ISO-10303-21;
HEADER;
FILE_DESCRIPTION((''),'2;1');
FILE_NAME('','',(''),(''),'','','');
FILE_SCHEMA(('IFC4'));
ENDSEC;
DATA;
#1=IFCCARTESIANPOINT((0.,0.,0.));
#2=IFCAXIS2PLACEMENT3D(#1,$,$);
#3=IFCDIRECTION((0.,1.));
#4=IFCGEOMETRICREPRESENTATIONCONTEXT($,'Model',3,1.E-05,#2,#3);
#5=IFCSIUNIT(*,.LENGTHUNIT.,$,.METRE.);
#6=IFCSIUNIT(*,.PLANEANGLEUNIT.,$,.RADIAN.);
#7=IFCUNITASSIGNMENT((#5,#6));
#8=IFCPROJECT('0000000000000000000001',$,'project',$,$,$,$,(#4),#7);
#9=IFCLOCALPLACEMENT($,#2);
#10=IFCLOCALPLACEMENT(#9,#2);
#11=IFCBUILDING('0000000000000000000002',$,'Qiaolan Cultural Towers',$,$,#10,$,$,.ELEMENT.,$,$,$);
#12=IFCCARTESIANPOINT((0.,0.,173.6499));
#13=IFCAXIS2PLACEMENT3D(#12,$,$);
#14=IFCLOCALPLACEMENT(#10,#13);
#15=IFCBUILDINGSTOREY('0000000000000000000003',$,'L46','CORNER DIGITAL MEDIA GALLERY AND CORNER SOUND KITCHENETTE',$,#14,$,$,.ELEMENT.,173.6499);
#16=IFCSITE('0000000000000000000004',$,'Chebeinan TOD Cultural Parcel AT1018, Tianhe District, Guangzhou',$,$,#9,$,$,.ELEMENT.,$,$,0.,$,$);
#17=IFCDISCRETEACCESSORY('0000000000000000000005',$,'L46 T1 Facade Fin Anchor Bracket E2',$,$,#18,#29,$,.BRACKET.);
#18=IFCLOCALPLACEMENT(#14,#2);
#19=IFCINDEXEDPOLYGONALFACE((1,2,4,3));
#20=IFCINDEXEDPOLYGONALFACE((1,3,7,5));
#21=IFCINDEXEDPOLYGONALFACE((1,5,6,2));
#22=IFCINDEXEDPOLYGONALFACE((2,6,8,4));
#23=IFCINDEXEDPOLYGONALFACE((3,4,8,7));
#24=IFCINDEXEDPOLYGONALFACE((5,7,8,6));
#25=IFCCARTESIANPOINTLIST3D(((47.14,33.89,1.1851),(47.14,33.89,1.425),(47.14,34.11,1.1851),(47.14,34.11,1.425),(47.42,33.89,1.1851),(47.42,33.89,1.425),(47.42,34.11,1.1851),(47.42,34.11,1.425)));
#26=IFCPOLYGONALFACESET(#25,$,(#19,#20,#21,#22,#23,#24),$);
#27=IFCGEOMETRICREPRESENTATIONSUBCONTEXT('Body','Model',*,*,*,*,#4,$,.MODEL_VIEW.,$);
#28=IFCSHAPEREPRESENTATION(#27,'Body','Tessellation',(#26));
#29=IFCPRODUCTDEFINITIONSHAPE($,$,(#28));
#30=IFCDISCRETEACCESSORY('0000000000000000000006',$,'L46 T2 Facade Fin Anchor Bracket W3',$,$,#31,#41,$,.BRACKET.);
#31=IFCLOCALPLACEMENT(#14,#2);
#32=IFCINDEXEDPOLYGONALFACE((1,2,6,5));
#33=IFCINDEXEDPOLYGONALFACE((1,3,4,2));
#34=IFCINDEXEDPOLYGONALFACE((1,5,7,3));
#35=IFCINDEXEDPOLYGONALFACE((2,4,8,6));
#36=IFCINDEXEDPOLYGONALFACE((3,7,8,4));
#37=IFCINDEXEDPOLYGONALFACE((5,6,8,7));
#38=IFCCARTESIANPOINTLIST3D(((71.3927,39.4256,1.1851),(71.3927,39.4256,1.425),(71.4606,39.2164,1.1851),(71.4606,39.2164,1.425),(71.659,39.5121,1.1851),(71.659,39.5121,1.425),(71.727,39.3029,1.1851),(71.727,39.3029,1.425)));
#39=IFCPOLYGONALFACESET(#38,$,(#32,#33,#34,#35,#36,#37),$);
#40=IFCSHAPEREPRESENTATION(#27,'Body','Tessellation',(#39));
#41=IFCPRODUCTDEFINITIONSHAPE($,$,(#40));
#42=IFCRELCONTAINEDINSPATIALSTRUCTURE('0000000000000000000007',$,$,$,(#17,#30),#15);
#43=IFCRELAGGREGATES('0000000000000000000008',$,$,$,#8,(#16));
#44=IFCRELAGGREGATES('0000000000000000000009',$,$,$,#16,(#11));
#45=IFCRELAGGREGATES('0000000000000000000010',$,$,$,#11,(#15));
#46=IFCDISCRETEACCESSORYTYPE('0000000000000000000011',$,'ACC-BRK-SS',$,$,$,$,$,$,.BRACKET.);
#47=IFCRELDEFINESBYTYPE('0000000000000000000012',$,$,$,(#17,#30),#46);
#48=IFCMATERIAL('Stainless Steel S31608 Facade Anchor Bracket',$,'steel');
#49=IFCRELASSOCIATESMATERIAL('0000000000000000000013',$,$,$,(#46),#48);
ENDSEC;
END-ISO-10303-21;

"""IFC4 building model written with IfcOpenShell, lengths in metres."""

from ifc_helpers import new_model, si_unit, direction, frame, origin, origin_2d, place, context, subcontext, project, spatial, rectangle, extrude, material, type_object, element, save


model = new_model("IFC4")

# Units and contexts
model_context = context("Model", 3, precision=1e-05, world=origin(), true_north=direction((0.0, 1.0)))
body_context = subcontext(model_context, "Body", "Model", "MODEL_VIEW")
ifc_project = project(units=[si_unit("LENGTHUNIT", "METRE"), si_unit("PLANEANGLEUNIT", "RADIAN")], contexts=[model_context])

# Site, building, storey
site_placement = place(None, origin())
site = spatial("IfcSite", under=ifc_project, at=site_placement, Name="Chebeinan TOD Cultural Parcel AT1018, Tianhe District, Guangzhou", CompositionType="ELEMENT", RefElevation=0.0)
building_placement = place(site_placement, origin())
building = spatial("IfcBuilding", under=site, at=building_placement, Name="Qiaolan Cultural Towers", CompositionType="ELEMENT")
storey_placement = place(building_placement, frame((0.0, 0.0, 173.6499)))
storey = spatial("IfcBuildingStorey", under=building, at=storey_placement, Name="L46", Description="CORNER DIGITAL MEDIA GALLERY AND CORNER SOUND KITCHENETTE", CompositionType="ELEMENT", Elevation=173.6499)

# Discrete accessories
ifc_material_1 = material(Name="Stainless Steel S31608 Facade Anchor Bracket", Category="steel")
discrete_accessory_type = type_object("IfcDiscreteAccessoryType", Name="ACC-BRK-SS", PredefinedType="BRACKET", material=ifc_material_1)
for number, where, z_axis, x_axis, name in (
    (1, (47.28, 34.0, 1.1851), (0.0, 0.0, 1.0), (1.0, 0.0, 0.0), "L46 T1 Facade Fin Anchor Bracket E2"),
    (2, (71.5598, 39.3643, 1.1851), (0.0, 0.0, 1.0), (0.951057, 0.309017, 0.0), "L46 T2 Facade Fin Anchor Bracket W3"),
):
    element("IfcDiscreteAccessory", number, at=place(storey_placement, frame(where, z_axis=z_axis, x_axis=x_axis)), inside=storey, type_object=discrete_accessory_type, Name=name, PredefinedType="BRACKET", context=body_context, shape_type="SweptSolid", body=[
        extrude(rectangle(XDim=0.28, YDim=0.22, at=origin_2d()), origin(), (0.0, 0.0, 1.0), 0.24),
    ])

save(model, "model.ifc")
